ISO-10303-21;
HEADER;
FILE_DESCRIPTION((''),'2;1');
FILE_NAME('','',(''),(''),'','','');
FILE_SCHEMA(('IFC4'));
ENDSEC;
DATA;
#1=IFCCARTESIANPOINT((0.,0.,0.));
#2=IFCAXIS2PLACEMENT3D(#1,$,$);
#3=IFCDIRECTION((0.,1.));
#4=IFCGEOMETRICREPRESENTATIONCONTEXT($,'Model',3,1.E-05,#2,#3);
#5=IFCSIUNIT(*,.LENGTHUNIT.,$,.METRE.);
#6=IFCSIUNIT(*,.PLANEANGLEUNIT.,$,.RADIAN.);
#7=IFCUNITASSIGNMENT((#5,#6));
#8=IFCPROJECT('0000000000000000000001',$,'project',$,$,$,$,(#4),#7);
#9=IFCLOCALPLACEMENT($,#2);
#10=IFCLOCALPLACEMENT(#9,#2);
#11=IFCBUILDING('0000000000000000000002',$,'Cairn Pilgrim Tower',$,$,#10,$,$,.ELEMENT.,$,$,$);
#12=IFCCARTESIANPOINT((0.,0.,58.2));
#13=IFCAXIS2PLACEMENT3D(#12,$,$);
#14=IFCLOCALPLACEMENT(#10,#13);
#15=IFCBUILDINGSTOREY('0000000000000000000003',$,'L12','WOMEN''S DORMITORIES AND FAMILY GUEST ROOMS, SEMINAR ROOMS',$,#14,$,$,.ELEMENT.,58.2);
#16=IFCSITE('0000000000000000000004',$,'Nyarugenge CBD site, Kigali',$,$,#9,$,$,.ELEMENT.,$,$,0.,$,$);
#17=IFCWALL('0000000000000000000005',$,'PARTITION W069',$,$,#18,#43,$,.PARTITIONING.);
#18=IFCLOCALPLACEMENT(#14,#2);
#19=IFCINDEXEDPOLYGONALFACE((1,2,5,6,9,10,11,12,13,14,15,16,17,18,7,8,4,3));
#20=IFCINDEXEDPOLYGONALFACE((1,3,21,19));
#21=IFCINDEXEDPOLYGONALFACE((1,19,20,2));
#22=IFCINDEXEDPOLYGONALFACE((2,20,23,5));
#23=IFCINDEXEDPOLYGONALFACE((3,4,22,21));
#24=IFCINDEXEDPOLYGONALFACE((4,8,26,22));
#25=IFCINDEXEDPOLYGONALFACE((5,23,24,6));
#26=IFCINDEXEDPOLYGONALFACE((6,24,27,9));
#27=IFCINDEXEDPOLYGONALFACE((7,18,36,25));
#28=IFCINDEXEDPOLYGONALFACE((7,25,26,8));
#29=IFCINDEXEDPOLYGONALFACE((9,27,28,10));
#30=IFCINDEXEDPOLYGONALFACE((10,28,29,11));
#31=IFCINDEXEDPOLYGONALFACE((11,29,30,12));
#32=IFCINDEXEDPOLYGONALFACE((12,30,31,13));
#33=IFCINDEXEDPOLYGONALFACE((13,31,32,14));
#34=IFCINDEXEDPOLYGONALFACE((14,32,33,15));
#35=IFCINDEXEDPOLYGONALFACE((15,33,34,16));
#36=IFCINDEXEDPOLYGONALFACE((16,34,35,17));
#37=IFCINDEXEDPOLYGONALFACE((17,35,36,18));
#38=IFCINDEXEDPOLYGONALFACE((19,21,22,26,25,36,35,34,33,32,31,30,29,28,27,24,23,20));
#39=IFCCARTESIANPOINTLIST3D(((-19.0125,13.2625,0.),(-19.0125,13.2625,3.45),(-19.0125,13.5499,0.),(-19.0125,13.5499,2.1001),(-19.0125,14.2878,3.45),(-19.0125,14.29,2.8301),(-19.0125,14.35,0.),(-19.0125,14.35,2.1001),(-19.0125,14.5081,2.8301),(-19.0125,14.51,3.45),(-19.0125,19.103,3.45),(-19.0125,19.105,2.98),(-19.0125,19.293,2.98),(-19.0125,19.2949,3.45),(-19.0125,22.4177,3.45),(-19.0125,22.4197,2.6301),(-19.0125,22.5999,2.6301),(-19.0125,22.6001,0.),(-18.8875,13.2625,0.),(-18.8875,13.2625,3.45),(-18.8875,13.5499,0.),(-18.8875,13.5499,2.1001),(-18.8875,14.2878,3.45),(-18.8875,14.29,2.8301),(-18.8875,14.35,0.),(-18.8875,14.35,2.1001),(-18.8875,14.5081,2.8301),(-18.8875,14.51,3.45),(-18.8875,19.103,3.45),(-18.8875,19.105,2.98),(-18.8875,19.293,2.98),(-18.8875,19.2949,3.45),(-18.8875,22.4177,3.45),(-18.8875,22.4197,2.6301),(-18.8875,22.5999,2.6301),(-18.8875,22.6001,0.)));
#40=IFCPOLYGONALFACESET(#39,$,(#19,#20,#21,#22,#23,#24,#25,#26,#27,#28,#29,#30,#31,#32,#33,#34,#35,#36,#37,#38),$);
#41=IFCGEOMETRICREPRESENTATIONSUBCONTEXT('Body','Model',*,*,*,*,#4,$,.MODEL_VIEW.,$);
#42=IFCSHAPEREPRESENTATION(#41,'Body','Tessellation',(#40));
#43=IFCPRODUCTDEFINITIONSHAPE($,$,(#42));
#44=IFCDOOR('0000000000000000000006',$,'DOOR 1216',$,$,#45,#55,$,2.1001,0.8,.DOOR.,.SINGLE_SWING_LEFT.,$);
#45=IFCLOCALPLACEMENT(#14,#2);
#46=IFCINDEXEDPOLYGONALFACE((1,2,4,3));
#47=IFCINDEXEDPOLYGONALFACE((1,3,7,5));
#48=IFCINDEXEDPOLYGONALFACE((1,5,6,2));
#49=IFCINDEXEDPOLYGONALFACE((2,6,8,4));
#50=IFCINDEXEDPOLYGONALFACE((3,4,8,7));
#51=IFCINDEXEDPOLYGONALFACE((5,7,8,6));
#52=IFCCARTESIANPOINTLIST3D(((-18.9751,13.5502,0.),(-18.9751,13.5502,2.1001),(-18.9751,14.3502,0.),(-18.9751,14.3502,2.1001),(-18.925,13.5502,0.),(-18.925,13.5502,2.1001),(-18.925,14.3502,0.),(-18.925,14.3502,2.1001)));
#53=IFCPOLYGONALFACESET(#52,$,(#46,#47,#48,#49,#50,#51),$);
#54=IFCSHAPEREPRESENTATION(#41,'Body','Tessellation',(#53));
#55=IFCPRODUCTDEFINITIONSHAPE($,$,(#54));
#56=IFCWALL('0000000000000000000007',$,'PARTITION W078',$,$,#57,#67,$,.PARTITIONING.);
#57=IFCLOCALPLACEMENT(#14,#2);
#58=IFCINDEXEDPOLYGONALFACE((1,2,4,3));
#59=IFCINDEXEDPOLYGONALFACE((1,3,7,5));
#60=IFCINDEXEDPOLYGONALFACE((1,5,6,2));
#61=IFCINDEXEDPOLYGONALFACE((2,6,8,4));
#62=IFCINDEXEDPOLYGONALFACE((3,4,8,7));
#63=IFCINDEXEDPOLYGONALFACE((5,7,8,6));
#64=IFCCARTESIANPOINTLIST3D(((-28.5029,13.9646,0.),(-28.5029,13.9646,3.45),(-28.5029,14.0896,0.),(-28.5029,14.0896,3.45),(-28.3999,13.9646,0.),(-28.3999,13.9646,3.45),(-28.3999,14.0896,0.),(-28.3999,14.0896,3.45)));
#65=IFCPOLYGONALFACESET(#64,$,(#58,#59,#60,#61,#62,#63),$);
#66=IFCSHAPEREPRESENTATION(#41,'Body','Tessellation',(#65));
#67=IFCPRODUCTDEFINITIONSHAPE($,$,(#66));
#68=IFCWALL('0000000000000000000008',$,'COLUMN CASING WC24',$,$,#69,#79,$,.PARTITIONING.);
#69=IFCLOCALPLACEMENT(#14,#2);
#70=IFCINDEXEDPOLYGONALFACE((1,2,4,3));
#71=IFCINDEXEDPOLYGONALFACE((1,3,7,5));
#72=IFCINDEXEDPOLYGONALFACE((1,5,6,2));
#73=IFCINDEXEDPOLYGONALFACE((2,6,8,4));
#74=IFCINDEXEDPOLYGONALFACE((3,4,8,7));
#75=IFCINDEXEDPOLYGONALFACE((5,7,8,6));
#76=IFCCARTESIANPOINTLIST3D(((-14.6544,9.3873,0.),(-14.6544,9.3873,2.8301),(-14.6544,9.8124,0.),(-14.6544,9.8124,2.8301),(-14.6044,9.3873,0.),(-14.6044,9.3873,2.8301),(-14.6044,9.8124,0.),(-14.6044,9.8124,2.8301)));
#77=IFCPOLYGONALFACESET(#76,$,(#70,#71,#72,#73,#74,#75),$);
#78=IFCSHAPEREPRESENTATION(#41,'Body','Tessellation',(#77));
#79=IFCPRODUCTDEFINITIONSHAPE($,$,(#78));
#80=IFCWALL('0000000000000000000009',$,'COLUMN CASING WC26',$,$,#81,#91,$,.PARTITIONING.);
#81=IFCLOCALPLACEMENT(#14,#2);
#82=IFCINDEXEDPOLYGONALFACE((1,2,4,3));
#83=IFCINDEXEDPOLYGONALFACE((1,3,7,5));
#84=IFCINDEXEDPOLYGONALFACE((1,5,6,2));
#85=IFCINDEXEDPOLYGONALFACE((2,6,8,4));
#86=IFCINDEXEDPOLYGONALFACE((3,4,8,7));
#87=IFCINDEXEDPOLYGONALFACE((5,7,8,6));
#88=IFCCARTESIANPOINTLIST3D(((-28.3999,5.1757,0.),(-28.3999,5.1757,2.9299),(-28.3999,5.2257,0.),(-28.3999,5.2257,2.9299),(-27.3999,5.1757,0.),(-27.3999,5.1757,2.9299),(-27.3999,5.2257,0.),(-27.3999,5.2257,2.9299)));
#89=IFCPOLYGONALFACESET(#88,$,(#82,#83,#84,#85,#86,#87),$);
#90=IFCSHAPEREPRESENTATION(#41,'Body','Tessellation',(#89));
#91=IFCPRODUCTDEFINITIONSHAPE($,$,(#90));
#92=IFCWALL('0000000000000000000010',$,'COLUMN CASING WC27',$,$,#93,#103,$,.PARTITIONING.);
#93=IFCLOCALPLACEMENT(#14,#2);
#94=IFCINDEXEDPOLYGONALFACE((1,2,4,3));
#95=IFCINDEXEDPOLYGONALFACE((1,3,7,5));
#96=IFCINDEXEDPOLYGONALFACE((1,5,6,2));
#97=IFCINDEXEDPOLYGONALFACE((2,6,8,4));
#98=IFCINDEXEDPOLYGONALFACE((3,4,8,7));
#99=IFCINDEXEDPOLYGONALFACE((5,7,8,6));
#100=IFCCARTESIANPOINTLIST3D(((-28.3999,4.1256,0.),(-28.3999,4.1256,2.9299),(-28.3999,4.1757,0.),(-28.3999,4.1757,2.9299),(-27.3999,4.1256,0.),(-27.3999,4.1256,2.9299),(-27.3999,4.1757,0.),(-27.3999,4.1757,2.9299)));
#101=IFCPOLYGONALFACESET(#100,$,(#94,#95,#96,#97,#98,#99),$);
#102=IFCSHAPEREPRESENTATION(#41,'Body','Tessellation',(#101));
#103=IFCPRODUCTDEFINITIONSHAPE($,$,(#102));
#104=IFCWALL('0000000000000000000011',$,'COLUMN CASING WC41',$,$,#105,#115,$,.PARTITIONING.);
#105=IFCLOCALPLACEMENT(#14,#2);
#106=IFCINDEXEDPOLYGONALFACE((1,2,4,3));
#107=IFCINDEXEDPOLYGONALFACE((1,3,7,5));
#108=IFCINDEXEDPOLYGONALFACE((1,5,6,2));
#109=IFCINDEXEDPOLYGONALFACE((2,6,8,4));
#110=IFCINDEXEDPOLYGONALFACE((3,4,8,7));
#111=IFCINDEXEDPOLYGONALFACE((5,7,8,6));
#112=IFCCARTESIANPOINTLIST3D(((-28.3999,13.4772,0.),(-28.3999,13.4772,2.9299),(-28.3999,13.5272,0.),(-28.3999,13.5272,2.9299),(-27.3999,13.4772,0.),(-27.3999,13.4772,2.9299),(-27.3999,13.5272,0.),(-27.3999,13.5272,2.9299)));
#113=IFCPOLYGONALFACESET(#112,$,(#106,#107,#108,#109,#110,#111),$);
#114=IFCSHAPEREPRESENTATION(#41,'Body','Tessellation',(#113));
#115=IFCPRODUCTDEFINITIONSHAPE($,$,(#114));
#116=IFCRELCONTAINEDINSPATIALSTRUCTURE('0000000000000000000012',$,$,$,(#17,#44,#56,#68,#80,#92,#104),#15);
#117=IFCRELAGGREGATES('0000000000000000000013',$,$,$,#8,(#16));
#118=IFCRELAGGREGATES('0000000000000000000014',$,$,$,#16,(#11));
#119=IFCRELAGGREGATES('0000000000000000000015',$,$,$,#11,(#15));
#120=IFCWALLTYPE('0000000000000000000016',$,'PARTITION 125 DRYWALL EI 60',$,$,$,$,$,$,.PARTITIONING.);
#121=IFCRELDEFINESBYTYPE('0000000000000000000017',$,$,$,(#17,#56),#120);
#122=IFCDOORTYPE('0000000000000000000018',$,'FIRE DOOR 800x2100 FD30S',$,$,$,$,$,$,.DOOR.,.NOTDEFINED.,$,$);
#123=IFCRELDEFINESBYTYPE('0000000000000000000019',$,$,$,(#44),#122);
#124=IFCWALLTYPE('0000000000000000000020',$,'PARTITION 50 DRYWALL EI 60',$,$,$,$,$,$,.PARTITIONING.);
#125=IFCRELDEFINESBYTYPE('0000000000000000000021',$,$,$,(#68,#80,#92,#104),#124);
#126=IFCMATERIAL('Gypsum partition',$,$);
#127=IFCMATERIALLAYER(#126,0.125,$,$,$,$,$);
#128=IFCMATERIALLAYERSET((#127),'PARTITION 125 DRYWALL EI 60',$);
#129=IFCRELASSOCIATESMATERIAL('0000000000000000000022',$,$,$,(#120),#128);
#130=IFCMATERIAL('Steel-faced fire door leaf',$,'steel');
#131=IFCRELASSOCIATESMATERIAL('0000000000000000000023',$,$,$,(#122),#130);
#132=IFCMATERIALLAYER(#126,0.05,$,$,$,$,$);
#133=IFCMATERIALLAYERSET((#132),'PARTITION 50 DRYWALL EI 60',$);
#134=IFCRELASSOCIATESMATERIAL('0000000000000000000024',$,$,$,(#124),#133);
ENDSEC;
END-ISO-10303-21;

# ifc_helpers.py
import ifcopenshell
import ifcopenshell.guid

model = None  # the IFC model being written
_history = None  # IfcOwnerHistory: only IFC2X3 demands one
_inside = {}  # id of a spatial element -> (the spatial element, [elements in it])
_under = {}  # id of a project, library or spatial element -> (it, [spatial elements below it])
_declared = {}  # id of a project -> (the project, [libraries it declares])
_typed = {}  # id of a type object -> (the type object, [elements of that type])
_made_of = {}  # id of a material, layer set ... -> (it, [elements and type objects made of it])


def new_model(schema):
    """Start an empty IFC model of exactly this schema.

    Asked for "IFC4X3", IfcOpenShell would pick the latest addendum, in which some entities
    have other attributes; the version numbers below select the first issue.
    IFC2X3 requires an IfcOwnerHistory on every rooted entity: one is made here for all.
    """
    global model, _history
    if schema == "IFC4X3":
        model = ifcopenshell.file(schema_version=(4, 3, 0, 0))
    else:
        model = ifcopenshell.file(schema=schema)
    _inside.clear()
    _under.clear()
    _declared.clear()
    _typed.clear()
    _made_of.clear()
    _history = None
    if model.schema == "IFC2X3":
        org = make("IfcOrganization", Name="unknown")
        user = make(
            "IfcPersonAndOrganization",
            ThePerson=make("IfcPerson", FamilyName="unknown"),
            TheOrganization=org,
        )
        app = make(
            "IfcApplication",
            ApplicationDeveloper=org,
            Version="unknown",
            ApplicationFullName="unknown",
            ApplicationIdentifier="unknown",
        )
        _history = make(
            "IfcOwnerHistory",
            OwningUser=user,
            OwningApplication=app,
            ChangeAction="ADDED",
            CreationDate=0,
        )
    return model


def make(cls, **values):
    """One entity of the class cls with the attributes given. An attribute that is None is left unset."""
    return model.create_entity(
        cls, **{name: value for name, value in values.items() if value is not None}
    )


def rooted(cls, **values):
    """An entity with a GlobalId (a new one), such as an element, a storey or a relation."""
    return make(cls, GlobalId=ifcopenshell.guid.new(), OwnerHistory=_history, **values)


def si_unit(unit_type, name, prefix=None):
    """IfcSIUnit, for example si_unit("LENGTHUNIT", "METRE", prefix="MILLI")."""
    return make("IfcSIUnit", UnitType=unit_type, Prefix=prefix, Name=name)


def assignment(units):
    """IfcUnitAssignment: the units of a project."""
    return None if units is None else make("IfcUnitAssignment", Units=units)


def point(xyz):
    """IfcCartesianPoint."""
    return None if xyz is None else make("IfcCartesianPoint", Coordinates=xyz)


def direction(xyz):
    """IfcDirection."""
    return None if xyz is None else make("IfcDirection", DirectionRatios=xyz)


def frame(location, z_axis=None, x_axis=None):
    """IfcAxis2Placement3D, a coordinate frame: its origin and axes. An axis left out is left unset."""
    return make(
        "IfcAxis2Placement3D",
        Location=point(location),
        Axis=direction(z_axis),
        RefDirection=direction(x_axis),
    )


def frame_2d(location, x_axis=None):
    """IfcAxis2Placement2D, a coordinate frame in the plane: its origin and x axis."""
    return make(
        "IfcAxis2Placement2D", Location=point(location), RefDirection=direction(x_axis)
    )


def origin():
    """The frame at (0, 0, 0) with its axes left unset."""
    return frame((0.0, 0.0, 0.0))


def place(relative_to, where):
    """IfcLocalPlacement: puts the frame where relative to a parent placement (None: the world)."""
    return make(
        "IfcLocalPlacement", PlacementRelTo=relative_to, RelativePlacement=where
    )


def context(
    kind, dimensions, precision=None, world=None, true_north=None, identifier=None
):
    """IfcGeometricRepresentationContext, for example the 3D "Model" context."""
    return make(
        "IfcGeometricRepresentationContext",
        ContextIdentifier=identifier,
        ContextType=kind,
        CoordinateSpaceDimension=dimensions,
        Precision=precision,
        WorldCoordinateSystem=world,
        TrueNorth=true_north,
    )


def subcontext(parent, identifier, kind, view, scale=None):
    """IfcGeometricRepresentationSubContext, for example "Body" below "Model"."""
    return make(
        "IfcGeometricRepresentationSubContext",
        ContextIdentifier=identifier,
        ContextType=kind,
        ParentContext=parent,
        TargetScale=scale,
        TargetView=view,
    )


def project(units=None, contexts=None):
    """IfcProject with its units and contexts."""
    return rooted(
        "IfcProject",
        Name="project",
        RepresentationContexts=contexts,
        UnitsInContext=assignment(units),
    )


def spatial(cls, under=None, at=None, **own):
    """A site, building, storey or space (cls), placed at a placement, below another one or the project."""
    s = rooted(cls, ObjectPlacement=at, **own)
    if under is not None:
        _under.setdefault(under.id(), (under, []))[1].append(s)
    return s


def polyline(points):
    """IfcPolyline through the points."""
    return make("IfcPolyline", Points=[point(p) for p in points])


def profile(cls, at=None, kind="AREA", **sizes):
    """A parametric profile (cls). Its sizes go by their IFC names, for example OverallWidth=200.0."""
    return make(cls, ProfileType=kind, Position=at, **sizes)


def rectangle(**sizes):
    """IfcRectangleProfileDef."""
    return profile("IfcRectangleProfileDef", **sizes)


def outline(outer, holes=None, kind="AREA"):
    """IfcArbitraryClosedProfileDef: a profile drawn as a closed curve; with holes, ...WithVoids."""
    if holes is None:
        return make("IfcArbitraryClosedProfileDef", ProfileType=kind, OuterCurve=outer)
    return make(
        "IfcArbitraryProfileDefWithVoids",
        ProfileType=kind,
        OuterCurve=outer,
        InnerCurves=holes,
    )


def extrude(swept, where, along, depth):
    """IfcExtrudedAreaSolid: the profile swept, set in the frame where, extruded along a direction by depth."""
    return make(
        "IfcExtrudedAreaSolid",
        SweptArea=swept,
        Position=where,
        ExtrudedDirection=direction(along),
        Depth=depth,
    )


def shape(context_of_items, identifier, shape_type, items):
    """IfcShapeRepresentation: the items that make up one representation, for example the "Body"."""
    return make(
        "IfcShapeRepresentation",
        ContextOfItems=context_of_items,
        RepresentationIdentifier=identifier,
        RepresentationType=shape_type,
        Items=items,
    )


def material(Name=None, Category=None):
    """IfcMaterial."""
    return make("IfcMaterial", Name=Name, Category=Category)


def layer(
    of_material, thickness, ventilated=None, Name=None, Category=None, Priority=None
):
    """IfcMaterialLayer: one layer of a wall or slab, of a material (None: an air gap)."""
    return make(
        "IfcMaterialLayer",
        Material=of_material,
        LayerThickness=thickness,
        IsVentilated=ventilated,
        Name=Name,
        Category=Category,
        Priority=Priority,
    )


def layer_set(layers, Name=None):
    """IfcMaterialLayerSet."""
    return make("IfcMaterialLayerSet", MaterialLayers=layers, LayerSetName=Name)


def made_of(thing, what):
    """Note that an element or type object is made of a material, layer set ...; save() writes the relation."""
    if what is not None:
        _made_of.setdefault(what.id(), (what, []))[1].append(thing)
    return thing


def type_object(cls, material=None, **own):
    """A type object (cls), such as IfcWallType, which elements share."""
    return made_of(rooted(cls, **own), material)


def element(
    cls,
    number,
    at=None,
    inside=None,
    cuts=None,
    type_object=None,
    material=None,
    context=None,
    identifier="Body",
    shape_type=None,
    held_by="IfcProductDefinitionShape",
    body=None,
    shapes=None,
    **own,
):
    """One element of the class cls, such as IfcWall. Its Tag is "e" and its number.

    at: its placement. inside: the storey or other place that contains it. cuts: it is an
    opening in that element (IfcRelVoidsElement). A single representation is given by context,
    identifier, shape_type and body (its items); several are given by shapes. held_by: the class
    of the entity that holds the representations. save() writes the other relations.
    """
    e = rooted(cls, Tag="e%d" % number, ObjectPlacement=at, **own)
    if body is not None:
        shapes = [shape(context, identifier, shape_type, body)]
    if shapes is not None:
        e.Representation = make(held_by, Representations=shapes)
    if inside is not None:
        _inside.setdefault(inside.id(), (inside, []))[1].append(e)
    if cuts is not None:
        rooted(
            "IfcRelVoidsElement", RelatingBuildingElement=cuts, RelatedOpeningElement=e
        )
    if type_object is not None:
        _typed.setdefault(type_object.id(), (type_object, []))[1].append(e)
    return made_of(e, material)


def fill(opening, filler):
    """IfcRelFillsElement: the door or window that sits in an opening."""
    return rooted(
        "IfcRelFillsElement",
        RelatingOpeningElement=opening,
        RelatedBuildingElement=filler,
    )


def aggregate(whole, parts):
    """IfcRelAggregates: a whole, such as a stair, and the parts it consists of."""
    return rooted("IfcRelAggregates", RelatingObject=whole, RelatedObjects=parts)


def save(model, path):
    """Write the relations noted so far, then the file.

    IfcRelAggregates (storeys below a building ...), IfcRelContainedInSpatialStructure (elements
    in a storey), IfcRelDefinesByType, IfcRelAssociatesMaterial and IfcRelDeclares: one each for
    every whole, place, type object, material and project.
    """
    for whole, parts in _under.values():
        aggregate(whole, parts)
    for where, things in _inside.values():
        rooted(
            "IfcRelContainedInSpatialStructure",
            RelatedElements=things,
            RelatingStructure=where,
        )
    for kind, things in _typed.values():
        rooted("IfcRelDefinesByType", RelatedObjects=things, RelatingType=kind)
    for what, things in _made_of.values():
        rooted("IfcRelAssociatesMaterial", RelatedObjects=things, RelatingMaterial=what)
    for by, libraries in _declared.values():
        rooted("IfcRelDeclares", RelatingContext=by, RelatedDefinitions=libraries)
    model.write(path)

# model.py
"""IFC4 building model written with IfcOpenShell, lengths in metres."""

from ifc_helpers import new_model, si_unit, direction, frame, frame_2d, origin, place, context, subcontext, project, spatial, polyline, rectangle, outline, extrude, material, layer, layer_set, type_object, element, fill, save


model = new_model("IFC4")

# Units and contexts
model_context = context("Model", 3, precision=1e-05, world=origin(), true_north=direction((0.0, 1.0)))
body_context = subcontext(model_context, "Body", "Model", "MODEL_VIEW")
ifc_project = project(units=[si_unit("LENGTHUNIT", "METRE"), si_unit("PLANEANGLEUNIT", "RADIAN")], contexts=[model_context])

# Site, building, storey
site_placement = place(None, origin())
site = spatial("IfcSite", under=ifc_project, at=site_placement, Name="Nyarugenge CBD site, Kigali", CompositionType="ELEMENT", RefElevation=0.0)
building_placement = place(site_placement, origin())
building = spatial("IfcBuilding", under=site, at=building_placement, Name="Cairn Pilgrim Tower", CompositionType="ELEMENT")
storey_placement = place(building_placement, frame((0.0, 0.0, 58.2)))
storey = spatial("IfcBuildingStorey", under=building, at=storey_placement, Name="L12", Description="WOMEN'S DORMITORIES AND FAMILY GUEST ROOMS, SEMINAR ROOMS", CompositionType="ELEMENT", Elevation=58.2)

# Shared definitions
ifc_material_1 = material(Name="Gypsum partition")
ifc_layer_1 = layer(ifc_material_1, 0.125)
ifc_layer_set_1 = layer_set([ifc_layer_1], Name="PARTITION 125 DRYWALL EI 60")
wall_type_1 = type_object("IfcWallType", Name="PARTITION 125 DRYWALL EI 60", PredefinedType="PARTITIONING", material=ifc_layer_set_1)

# Shared definitions
ifc_material_2 = material(Name="Steel-faced fire door leaf", Category="steel")
door_type_1 = type_object("IfcDoorType", Name="FIRE DOOR 800x2100 FD30S", OperationType="NOTDEFINED", PredefinedType="DOOR", material=ifc_material_2)

# Wall, opening, door
wall_1_placement = place(storey_placement, frame((-18.95, 13.2625, 0.0), z_axis=(0.0, 0.0, 1.0), x_axis=(0.0, 1.0, 0.0)))
wall_1 = element("IfcWall", 1, at=wall_1_placement, inside=storey, type_object=wall_type_1, Name="PARTITION W069", PredefinedType="PARTITIONING", context=body_context, shape_type="SweptSolid", body=[
    extrude(outline(polyline([(0.0, 0.0), (9.3376, 0.0), (9.3374, 2.6301), (9.1572, 2.6301), (9.1553, 3.45), (6.0325, 3.45), (6.0305, 2.98), (5.8425, 2.98), (5.8406, 3.45), (1.2476, 3.45), (1.2456, 2.8301), (1.0276, 2.8301), (1.0254, 3.45), (0.0, 3.45), (0.0, 0.0)])), frame((0.0, 0.0625, 0.0), z_axis=(0.0, -1.0, 0.0), x_axis=(1.0, 0.0, 0.0)), (0.0, 0.0, 1.0), 0.125),
])
opening_1_placement = place(wall_1_placement, frame((0.2876, 0.0, 0.0)))
opening_1 = element("IfcOpeningElement", 2, at=opening_1_placement, cuts=wall_1, PredefinedType="OPENING", context=body_context, shape_type="SweptSolid", body=[
    extrude(rectangle(XDim=0.8, YDim=2.1001, at=frame_2d((0.3999, 1.05))), frame((0.0, 0.0725, 0.0), z_axis=(0.0, -1.0, 0.0), x_axis=(1.0, 0.0, 0.0)), (0.0, 0.0, 1.0), 0.145),
])
door_1_placement = place(opening_1_placement, frame((0.8, 0.0, 0.0), z_axis=(0.0, 0.0, 1.0), x_axis=(-1.0, 0.0, 0.0)))
door_1 = element("IfcDoor", 3, at=door_1_placement, inside=storey, type_object=door_type_1, Name="DOOR 1216", OperationType="SINGLE_SWING_LEFT", OverallHeight=2.1001, OverallWidth=0.8, PredefinedType="DOOR", context=body_context, shape_type="SweptSolid", body=[
    extrude(rectangle(XDim=0.8, YDim=2.1001, at=frame_2d((0.3999, 1.05))), frame((0.0, 0.0249, 0.0), z_axis=(0.0, -1.0, 0.0), x_axis=(1.0, 0.0, 0.0)), (0.0, 0.0, 1.0), 0.05),
])
fill(opening_1, door_1)

# Walls
wall_2_placement = place(storey_placement, frame((-28.5029, 14.0271, 0.0), z_axis=(0.0, 0.0, 1.0), x_axis=(1.0, 0.0, 0.0)))
element("IfcWall", 4, at=wall_2_placement, inside=storey, type_object=wall_type_1, Name="PARTITION W078", PredefinedType="PARTITIONING", context=body_context, shape_type="SweptSolid", body=[
    extrude(rectangle(XDim=0.103, YDim=0.125, at=frame_2d((0.0515, 0.0))), origin(), (0.0, 0.0, 1.0), 3.45),
])
ifc_layer_2 = layer(ifc_material_1, 0.05)
ifc_layer_set_2 = layer_set([ifc_layer_2], Name="PARTITION 50 DRYWALL EI 60")
wall_type_2 = type_object("IfcWallType", Name="PARTITION 50 DRYWALL EI 60", PredefinedType="PARTITIONING", material=ifc_layer_set_2)
wall_3_placement = place(storey_placement, frame((-14.6294, 9.3875, 0.0), z_axis=(0.0, 0.0, 1.0), x_axis=(0.0, 1.0, 0.0)))
element("IfcWall", 5, at=wall_3_placement, inside=storey, type_object=wall_type_2, Name="COLUMN CASING WC24", PredefinedType="PARTITIONING", context=body_context, shape_type="SweptSolid", body=[
    extrude(rectangle(XDim=0.425, YDim=0.05, at=frame_2d((0.2124, 0.0))), origin(), (0.0, 0.0, 1.0), 2.8301),
])
for number, where, z_axis, x_axis, name in (
    (6, (-28.3999, 5.2007, 0.0), (0.0, 0.0, 1.0), (1.0, 0.0, 0.0), "COLUMN CASING WC26"),
    (7, (-28.3999, 4.1506, 0.0), (0.0, 0.0, 1.0), (1.0, 0.0, 0.0), "COLUMN CASING WC27"),
    (8, (-28.3999, 13.5022, 0.0), (0.0, 0.0, 1.0), (1.0, 0.0, 0.0), "COLUMN CASING WC41"),
):
    element("IfcWall", number, at=place(storey_placement, frame(where, z_axis=z_axis, x_axis=x_axis)), inside=storey, type_object=wall_type_2, Name=name, PredefinedType="PARTITIONING", context=body_context, shape_type="SweptSolid", body=[
        extrude(rectangle(XDim=1.0, YDim=0.05, at=frame_2d((0.5, 0.0))), origin(), (0.0, 0.0, 1.0), 2.9299),
    ])

save(model, "model.ifc")
